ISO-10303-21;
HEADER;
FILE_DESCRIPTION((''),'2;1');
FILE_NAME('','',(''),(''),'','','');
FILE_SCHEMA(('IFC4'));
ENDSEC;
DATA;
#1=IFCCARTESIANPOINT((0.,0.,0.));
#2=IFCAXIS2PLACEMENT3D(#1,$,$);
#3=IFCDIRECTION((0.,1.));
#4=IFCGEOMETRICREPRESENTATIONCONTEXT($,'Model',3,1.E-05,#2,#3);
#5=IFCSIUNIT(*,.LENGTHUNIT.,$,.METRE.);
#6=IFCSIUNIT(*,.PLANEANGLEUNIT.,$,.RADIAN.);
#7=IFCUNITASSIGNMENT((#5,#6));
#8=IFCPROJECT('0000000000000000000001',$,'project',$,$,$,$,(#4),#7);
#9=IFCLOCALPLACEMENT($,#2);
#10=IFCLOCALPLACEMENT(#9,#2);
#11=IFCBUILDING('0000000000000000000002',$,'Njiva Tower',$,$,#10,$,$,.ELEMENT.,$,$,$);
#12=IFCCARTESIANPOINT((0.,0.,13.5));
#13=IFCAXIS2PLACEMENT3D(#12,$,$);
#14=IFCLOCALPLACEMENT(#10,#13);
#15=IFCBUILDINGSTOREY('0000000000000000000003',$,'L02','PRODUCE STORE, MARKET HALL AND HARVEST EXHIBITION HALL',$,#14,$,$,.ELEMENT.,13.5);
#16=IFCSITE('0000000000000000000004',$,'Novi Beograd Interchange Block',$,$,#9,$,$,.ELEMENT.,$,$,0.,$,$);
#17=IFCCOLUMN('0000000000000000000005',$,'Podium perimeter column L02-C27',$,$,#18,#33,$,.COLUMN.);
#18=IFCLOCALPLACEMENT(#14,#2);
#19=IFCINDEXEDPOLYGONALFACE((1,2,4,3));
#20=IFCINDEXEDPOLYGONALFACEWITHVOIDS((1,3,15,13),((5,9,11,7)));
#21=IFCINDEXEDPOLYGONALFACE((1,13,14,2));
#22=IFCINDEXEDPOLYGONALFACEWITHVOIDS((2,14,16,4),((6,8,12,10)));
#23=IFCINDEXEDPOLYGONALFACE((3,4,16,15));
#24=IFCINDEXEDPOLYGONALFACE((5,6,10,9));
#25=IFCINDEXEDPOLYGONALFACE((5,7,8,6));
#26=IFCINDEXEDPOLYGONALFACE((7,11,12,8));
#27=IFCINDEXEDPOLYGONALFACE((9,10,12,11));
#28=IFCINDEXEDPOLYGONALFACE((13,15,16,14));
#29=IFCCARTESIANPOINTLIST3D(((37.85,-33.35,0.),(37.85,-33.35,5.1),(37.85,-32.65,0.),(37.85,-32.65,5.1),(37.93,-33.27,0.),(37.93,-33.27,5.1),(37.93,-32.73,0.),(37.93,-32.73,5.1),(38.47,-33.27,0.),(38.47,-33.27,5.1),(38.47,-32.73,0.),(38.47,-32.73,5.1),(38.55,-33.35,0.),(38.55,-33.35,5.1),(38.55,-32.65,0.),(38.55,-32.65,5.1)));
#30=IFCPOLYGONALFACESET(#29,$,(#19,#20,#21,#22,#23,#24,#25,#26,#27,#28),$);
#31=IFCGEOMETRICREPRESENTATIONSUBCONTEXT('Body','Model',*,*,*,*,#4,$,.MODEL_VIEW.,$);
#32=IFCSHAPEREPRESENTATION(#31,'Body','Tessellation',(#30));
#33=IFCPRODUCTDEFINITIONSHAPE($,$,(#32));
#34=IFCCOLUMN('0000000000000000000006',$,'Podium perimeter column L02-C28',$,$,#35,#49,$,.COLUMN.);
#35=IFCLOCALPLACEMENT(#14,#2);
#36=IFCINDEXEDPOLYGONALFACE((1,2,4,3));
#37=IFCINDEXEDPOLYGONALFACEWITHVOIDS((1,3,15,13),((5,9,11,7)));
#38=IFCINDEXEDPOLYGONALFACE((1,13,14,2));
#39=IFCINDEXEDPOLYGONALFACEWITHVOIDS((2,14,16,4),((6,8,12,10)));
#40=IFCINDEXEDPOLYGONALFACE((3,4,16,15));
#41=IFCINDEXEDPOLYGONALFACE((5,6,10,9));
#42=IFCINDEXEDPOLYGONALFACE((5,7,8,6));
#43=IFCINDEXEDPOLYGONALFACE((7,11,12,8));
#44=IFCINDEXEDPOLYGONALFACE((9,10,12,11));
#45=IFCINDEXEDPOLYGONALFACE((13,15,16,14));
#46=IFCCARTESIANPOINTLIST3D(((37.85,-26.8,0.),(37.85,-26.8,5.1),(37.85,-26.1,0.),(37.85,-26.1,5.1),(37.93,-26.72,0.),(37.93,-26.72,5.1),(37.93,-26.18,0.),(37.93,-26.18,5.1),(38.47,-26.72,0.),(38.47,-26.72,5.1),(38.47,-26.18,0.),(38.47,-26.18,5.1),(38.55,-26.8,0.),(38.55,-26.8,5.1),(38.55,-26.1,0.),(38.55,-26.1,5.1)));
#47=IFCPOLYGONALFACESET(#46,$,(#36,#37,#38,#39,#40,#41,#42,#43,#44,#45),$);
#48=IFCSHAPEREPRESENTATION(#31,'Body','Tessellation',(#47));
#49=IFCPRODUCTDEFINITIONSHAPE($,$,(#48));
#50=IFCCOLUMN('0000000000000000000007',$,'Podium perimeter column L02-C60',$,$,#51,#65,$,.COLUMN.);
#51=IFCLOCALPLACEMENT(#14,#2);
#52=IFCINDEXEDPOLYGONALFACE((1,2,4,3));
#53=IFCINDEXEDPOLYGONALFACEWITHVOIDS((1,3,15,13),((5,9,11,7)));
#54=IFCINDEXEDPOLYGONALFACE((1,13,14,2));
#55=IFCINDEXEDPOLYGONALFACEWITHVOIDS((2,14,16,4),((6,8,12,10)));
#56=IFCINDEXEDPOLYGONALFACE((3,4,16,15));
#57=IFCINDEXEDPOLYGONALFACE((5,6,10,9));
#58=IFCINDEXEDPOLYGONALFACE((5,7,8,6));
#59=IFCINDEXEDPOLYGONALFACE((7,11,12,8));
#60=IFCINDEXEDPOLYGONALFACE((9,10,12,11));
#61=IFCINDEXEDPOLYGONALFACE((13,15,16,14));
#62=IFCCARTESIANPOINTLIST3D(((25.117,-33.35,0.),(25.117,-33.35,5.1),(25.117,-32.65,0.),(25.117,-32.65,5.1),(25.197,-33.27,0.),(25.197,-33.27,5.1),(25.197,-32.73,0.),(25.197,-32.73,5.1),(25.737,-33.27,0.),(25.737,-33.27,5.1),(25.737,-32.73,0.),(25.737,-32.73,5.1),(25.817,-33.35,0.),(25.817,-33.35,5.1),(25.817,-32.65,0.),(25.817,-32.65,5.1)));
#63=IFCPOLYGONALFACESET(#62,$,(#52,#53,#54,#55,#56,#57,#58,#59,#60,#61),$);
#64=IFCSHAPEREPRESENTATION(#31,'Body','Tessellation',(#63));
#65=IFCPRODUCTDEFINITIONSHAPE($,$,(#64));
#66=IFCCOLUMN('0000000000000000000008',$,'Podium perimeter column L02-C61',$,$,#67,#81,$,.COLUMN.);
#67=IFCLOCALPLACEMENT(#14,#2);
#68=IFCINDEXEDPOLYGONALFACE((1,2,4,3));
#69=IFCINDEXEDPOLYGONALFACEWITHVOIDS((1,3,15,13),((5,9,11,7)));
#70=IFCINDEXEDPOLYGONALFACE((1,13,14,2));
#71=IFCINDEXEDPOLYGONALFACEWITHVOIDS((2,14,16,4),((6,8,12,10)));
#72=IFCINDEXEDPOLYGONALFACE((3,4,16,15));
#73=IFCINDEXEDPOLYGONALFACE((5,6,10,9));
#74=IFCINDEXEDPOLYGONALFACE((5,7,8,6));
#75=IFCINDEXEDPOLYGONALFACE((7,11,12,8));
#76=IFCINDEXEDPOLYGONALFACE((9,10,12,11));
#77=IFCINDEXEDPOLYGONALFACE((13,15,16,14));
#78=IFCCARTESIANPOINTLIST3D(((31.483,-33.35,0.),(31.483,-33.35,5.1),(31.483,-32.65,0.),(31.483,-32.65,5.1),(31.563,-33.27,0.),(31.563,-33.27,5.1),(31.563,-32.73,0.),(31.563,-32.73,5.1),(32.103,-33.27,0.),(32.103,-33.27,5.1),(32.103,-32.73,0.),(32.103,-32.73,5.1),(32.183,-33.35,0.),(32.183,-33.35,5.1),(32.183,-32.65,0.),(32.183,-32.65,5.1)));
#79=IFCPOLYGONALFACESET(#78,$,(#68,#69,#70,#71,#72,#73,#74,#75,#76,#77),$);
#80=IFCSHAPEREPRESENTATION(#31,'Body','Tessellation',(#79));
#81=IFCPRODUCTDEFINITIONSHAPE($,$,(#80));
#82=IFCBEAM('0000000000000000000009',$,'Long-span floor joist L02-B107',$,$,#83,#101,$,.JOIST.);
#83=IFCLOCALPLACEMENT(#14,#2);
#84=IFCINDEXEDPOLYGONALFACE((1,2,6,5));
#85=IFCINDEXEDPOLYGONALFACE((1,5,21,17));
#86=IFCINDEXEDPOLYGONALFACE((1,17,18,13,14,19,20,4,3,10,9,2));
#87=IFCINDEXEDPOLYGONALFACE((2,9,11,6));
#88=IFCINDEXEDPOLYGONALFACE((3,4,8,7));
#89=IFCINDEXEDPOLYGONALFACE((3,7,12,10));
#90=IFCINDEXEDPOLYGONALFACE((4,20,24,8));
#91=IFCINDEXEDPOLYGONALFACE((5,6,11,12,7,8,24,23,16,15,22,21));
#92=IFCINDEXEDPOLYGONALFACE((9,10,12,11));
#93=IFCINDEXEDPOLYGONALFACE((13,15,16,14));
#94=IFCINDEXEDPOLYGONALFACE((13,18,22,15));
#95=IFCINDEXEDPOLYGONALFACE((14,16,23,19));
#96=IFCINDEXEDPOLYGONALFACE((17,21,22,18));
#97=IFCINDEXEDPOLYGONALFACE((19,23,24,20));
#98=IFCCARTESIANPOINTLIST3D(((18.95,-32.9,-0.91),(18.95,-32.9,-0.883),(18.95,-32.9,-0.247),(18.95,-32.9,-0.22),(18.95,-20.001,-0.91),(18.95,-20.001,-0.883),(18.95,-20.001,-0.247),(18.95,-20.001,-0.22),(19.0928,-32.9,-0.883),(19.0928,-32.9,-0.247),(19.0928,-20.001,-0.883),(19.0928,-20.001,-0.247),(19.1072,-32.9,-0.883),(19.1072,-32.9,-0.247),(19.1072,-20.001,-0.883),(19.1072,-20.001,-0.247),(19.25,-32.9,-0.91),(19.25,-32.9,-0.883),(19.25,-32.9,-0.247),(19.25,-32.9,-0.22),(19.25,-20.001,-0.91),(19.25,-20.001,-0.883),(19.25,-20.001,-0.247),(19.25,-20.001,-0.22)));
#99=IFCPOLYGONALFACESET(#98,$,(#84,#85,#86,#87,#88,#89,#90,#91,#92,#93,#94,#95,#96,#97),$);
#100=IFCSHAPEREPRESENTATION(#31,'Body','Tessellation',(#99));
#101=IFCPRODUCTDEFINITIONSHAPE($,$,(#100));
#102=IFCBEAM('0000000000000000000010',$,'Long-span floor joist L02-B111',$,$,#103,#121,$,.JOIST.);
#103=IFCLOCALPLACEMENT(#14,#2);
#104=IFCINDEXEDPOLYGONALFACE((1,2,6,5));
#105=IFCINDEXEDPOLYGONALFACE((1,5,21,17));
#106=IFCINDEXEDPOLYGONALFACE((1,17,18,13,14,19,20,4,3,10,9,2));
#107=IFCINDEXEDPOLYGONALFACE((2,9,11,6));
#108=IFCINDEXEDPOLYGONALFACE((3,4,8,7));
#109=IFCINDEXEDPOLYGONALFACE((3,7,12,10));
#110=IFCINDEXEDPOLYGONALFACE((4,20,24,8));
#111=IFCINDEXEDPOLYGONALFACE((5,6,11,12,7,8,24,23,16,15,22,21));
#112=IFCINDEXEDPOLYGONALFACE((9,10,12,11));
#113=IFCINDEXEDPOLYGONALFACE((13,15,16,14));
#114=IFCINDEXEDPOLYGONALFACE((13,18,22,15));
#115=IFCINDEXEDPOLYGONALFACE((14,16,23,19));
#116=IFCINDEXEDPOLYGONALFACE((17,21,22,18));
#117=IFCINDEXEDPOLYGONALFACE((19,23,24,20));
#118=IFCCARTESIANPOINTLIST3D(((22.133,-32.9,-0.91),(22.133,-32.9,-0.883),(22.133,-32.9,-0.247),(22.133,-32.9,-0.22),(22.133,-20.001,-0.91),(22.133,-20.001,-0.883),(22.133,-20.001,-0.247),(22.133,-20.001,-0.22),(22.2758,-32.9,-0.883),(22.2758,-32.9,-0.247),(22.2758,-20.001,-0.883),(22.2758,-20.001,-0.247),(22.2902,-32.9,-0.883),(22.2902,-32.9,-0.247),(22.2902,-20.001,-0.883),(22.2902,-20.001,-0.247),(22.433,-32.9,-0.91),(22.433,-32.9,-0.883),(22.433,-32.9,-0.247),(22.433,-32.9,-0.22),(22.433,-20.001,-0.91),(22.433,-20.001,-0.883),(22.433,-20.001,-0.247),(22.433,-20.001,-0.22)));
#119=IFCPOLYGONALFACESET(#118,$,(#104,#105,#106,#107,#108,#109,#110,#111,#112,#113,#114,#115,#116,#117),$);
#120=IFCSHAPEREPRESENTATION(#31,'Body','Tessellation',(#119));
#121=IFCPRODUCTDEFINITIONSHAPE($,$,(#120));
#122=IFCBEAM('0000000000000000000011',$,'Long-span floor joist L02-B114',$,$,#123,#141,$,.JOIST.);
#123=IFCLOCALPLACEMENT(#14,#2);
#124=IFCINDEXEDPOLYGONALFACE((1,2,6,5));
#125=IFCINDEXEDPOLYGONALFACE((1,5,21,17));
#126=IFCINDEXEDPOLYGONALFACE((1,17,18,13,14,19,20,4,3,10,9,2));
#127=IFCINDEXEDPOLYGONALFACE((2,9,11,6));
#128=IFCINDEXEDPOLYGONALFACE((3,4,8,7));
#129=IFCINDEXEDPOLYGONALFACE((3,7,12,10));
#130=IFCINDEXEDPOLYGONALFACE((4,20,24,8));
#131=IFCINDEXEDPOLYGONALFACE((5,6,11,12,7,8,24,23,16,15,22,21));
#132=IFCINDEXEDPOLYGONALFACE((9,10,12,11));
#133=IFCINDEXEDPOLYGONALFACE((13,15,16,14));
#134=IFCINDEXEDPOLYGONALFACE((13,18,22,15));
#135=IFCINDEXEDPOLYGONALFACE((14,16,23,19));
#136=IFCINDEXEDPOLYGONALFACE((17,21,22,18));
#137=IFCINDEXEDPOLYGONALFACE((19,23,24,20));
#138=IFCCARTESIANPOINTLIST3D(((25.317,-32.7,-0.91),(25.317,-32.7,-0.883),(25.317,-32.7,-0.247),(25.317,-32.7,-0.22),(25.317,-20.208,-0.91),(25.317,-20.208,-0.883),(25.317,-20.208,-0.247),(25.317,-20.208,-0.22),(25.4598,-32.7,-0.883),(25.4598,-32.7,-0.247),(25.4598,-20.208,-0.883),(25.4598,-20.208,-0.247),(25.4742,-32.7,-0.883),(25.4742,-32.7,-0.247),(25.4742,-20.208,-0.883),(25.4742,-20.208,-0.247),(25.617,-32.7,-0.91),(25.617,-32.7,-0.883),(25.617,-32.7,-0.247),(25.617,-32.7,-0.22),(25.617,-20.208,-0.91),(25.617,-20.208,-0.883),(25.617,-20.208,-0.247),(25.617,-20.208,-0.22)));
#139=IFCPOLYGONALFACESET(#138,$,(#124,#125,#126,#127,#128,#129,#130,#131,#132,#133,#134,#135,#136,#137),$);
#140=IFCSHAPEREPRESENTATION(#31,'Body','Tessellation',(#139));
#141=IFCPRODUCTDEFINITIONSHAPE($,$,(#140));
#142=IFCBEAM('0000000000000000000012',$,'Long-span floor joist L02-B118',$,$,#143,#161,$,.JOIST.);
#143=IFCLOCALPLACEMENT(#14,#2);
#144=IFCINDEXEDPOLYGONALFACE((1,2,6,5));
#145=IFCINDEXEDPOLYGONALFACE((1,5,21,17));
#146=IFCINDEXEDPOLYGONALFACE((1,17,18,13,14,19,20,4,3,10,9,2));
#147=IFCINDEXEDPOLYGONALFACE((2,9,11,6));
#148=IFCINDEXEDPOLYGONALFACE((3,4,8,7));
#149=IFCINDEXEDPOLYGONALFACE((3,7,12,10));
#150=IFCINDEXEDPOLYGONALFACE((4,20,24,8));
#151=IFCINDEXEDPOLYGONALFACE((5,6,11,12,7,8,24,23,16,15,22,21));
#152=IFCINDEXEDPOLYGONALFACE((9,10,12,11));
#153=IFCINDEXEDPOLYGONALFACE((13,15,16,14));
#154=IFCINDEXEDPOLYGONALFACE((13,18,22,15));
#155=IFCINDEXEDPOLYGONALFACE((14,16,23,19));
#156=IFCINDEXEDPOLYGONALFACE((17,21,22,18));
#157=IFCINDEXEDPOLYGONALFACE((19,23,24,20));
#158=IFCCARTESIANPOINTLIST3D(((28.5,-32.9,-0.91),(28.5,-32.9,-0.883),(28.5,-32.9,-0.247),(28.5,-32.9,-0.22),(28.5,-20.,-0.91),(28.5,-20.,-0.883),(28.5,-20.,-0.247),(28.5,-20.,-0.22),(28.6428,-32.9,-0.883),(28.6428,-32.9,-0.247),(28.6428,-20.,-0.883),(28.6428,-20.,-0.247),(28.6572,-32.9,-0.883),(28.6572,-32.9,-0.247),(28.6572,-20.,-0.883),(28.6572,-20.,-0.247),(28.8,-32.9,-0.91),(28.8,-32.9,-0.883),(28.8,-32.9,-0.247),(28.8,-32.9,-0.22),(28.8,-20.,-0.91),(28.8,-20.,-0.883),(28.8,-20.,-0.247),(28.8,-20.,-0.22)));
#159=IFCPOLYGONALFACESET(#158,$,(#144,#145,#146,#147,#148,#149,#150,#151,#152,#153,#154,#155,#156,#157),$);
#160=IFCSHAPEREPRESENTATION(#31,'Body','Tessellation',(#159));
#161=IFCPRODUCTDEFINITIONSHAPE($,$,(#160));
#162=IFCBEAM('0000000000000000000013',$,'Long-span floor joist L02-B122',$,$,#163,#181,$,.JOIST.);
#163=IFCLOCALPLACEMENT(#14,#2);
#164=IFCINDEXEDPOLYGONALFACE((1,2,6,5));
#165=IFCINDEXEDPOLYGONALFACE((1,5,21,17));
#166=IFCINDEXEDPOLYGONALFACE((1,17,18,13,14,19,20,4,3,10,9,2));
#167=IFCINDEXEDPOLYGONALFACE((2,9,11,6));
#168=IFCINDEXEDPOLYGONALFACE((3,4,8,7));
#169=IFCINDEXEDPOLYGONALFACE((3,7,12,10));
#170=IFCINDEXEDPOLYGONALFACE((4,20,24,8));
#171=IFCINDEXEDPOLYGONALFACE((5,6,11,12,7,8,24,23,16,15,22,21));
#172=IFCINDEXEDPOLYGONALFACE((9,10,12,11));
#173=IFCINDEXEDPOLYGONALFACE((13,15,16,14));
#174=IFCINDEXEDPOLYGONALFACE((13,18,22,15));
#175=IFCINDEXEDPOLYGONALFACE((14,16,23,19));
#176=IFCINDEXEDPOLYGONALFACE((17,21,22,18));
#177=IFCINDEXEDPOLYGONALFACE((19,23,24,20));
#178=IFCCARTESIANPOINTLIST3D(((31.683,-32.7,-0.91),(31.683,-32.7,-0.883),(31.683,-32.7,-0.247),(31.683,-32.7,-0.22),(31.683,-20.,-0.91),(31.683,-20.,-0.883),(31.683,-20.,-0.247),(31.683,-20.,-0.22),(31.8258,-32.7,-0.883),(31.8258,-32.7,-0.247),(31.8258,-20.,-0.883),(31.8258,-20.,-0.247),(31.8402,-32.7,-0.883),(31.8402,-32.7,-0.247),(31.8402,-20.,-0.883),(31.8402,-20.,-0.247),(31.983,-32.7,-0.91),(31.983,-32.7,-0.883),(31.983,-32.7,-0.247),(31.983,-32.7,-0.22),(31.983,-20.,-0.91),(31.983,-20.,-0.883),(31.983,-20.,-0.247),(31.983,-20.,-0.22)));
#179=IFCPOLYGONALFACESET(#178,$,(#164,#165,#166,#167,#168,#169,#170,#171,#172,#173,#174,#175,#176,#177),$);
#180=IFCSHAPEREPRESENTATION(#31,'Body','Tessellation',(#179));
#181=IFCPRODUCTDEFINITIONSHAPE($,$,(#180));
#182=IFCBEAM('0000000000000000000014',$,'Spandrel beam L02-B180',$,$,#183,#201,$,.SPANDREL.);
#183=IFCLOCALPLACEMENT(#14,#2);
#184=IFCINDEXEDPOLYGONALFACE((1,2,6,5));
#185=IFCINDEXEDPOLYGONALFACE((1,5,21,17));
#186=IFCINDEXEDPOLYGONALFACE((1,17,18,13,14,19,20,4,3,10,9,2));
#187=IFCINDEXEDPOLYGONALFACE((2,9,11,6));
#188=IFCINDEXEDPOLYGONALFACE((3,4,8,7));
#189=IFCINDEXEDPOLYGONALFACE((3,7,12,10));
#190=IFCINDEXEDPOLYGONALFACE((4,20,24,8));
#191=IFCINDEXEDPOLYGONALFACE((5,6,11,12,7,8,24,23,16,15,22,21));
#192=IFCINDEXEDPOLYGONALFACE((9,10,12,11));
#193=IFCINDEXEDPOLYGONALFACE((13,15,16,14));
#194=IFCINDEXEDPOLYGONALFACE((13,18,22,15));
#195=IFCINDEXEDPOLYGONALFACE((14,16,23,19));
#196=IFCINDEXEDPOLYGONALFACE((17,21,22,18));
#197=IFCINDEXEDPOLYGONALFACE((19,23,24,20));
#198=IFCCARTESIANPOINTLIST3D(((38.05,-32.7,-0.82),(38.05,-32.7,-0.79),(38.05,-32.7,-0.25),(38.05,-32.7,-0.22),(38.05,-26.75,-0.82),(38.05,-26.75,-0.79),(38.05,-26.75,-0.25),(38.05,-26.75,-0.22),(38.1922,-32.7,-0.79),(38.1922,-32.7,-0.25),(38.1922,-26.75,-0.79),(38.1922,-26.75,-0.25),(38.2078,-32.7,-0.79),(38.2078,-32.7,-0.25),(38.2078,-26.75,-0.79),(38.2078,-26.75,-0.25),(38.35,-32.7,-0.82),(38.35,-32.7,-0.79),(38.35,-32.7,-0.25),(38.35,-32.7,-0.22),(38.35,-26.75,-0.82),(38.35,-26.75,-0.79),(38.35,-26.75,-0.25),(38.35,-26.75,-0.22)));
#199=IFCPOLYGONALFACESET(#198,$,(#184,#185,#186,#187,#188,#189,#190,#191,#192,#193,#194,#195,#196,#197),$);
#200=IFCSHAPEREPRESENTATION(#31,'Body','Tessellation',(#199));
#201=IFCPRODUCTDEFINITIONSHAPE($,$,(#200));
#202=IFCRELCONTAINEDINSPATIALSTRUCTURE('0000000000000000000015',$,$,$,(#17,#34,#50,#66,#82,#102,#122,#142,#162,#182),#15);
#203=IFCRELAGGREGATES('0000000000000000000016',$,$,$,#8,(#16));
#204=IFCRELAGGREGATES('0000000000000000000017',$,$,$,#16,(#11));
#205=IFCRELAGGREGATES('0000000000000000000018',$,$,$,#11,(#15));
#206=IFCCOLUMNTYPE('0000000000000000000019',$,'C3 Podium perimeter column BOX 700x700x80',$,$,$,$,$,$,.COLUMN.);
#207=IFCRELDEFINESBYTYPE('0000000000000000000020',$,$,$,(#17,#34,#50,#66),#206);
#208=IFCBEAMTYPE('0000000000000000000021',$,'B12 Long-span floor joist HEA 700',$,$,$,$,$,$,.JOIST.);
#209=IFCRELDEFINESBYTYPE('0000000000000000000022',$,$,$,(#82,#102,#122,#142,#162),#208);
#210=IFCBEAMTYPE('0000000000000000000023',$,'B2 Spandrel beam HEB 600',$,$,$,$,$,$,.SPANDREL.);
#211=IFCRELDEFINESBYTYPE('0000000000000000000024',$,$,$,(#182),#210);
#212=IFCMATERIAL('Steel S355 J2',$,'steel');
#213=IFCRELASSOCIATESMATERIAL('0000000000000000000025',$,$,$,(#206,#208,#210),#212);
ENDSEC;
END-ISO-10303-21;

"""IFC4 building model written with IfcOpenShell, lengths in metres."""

from ifc_helpers import new_model, si_unit, direction, frame, origin, origin_2d, place, context, subcontext, project, spatial, hollow_rectangle, i_section, extrude, material, material_profile, profile_set, type_object, element, save


model = new_model("IFC4")

# Units and contexts
model_context = context("Model", 3, precision=1e-05, world=origin(), true_north=direction((0.0, 1.0)))
body_context = subcontext(model_context, "Body", "Model", "MODEL_VIEW")
ifc_project = project(units=[si_unit("LENGTHUNIT", "METRE"), si_unit("PLANEANGLEUNIT", "RADIAN")], contexts=[model_context])

# Site, building, storey
site_placement = place(None, origin())
site = spatial("IfcSite", under=ifc_project, at=site_placement, Name="Novi Beograd Interchange Block", CompositionType="ELEMENT", RefElevation=0.0)
building_placement = place(site_placement, origin())
building = spatial("IfcBuilding", under=site, at=building_placement, Name="Njiva Tower", CompositionType="ELEMENT")
storey_placement = place(building_placement, frame((0.0, 0.0, 13.5)))
storey = spatial("IfcBuildingStorey", under=building, at=storey_placement, Name="L02", Description="PRODUCE STORE, MARKET HALL AND HARVEST EXHIBITION HALL", CompositionType="ELEMENT", Elevation=13.5)

# Columns
ifc_material_1 = material(Name="Steel S355 J2", Category="steel")
ifc_material_profile_1 = material_profile(ifc_material_1, hollow_rectangle(XDim=0.7, YDim=0.7, WallThickness=0.08, at=origin_2d()), Name="BOX 700x700x80")
ifc_profile_set_1 = profile_set([ifc_material_profile_1], Name="Steel S355 J2")
column_type = type_object("IfcColumnType", Name="C3 Podium perimeter column BOX 700x700x80", PredefinedType="COLUMN", material=ifc_profile_set_1)
for number, where, z_axis, x_axis, name in (
    (1, (38.2, -33.0, 0.0), (0.0, 0.0, 1.0), (0.0, 1.0, 0.0), "Podium perimeter column L02-C27"),
    (2, (38.2, -26.45, 0.0), (0.0, 0.0, 1.0), (0.0, 1.0, 0.0), "Podium perimeter column L02-C28"),
    (3, (25.467, -33.0, 0.0), (0.0, 0.0, 1.0), (1.0, 0.0, 0.0), "Podium perimeter column L02-C60"),
    (4, (31.833, -33.0, 0.0), (0.0, 0.0, 1.0), (1.0, 0.0, 0.0), "Podium perimeter column L02-C61"),
):
    element("IfcColumn", number, at=place(storey_placement, frame(where, z_axis=z_axis, x_axis=x_axis)), inside=storey, type_object=column_type, Name=name, PredefinedType="COLUMN", context=body_context, shape_type="SweptSolid", body=[
        extrude(hollow_rectangle(XDim=0.7, YDim=0.7, WallThickness=0.08, at=origin_2d()), origin(), (0.0, 0.0, 1.0), 5.1),
    ])

# Beams
ifc_material_profile_2 = material_profile(ifc_material_1, i_section(OverallWidth=0.3, OverallDepth=0.69, WebThickness=0.0145, FlangeThickness=0.027, at=origin_2d()), Name="HEA 700")
ifc_profile_set_2 = profile_set([ifc_material_profile_2], Name="Steel S355 J2")
beam_type_1 = type_object("IfcBeamType", Name="B12 Long-span floor joist HEA 700", PredefinedType="JOIST", material=ifc_profile_set_2)
for number, where, z_axis, x_axis, name in (
    (5, (19.1, -20.001, -0.565), (0.0, -1.0, 0.0), (1.0, 0.0, 0.0), "Long-span floor joist L02-B107"),
    (6, (22.283, -20.001, -0.565), (0.0, -1.0, 0.0), (1.0, 0.0, 0.0), "Long-span floor joist L02-B111"),
):
    element("IfcBeam", number, at=place(storey_placement, frame(where, z_axis=z_axis, x_axis=x_axis)), inside=storey, type_object=beam_type_1, Name=name, PredefinedType="JOIST", context=body_context, shape_type="SweptSolid", body=[
        extrude(i_section(OverallWidth=0.3, OverallDepth=0.69, WebThickness=0.0145, FlangeThickness=0.027, at=origin_2d()), origin(), (0.0, 0.0, 1.0), 12.899),
    ])
beam_1_placement = place(storey_placement, frame((25.467, -20.208, -0.565), z_axis=(0.0, -1.0, 0.0), x_axis=(1.0, 0.0, 0.0)))
element("IfcBeam", 7, at=beam_1_placement, inside=storey, type_object=beam_type_1, Name="Long-span floor joist L02-B114", PredefinedType="JOIST", context=body_context, shape_type="SweptSolid", body=[
    extrude(i_section(OverallWidth=0.3, OverallDepth=0.69, WebThickness=0.0145, FlangeThickness=0.027, at=origin_2d()), origin(), (0.0, 0.0, 1.0), 12.492),
])
beam_2_placement = place(storey_placement, frame((28.65, -20.0, -0.565), z_axis=(0.0, -1.0, 0.0), x_axis=(1.0, 0.0, 0.0)))
element("IfcBeam", 8, at=beam_2_placement, inside=storey, type_object=beam_type_1, Name="Long-span floor joist L02-B118", PredefinedType="JOIST", context=body_context, shape_type="SweptSolid", body=[
    extrude(i_section(OverallWidth=0.3, OverallDepth=0.69, WebThickness=0.0145, FlangeThickness=0.027, at=origin_2d()), origin(), (0.0, 0.0, 1.0), 12.9),
])
beam_3_placement = place(storey_placement, frame((31.833, -20.0, -0.565), z_axis=(0.0, -1.0, 0.0), x_axis=(1.0, 0.0, 0.0)))
element("IfcBeam", 9, at=beam_3_placement, inside=storey, type_object=beam_type_1, Name="Long-span floor joist L02-B122", PredefinedType="JOIST", context=body_context, shape_type="SweptSolid", body=[
    extrude(i_section(OverallWidth=0.3, OverallDepth=0.69, WebThickness=0.0145, FlangeThickness=0.027, at=origin_2d()), origin(), (0.0, 0.0, 1.0), 12.7),
])
ifc_material_profile_3 = material_profile(ifc_material_1, i_section(OverallWidth=0.3, OverallDepth=0.6, WebThickness=0.0155, FlangeThickness=0.03, at=origin_2d()), Name="HEB 600")
ifc_profile_set_3 = profile_set([ifc_material_profile_3], Name="Steel S355 J2")
beam_type_2 = type_object("IfcBeamType", Name="B2 Spandrel beam HEB 600", PredefinedType="SPANDREL", material=ifc_profile_set_3)
for number, where, z_axis, x_axis, name in (
    (10, (38.2, -32.7, -0.52), (0.0, 1.0, 0.0), (-1.0, 0.0, 0.0), "Spandrel beam L02-B180"),
):
    element("IfcBeam", number, at=place(storey_placement, frame(where, z_axis=z_axis, x_axis=x_axis)), inside=storey, type_object=beam_type_2, Name=name, PredefinedType="SPANDREL", context=body_context, shape_type="SweptSolid", body=[
        extrude(i_section(OverallWidth=0.3, OverallDepth=0.6, WebThickness=0.0155, FlangeThickness=0.03, at=origin_2d()), origin(), (0.0, 0.0, 1.0), 5.95),
    ])

save(model, "model.ifc")
